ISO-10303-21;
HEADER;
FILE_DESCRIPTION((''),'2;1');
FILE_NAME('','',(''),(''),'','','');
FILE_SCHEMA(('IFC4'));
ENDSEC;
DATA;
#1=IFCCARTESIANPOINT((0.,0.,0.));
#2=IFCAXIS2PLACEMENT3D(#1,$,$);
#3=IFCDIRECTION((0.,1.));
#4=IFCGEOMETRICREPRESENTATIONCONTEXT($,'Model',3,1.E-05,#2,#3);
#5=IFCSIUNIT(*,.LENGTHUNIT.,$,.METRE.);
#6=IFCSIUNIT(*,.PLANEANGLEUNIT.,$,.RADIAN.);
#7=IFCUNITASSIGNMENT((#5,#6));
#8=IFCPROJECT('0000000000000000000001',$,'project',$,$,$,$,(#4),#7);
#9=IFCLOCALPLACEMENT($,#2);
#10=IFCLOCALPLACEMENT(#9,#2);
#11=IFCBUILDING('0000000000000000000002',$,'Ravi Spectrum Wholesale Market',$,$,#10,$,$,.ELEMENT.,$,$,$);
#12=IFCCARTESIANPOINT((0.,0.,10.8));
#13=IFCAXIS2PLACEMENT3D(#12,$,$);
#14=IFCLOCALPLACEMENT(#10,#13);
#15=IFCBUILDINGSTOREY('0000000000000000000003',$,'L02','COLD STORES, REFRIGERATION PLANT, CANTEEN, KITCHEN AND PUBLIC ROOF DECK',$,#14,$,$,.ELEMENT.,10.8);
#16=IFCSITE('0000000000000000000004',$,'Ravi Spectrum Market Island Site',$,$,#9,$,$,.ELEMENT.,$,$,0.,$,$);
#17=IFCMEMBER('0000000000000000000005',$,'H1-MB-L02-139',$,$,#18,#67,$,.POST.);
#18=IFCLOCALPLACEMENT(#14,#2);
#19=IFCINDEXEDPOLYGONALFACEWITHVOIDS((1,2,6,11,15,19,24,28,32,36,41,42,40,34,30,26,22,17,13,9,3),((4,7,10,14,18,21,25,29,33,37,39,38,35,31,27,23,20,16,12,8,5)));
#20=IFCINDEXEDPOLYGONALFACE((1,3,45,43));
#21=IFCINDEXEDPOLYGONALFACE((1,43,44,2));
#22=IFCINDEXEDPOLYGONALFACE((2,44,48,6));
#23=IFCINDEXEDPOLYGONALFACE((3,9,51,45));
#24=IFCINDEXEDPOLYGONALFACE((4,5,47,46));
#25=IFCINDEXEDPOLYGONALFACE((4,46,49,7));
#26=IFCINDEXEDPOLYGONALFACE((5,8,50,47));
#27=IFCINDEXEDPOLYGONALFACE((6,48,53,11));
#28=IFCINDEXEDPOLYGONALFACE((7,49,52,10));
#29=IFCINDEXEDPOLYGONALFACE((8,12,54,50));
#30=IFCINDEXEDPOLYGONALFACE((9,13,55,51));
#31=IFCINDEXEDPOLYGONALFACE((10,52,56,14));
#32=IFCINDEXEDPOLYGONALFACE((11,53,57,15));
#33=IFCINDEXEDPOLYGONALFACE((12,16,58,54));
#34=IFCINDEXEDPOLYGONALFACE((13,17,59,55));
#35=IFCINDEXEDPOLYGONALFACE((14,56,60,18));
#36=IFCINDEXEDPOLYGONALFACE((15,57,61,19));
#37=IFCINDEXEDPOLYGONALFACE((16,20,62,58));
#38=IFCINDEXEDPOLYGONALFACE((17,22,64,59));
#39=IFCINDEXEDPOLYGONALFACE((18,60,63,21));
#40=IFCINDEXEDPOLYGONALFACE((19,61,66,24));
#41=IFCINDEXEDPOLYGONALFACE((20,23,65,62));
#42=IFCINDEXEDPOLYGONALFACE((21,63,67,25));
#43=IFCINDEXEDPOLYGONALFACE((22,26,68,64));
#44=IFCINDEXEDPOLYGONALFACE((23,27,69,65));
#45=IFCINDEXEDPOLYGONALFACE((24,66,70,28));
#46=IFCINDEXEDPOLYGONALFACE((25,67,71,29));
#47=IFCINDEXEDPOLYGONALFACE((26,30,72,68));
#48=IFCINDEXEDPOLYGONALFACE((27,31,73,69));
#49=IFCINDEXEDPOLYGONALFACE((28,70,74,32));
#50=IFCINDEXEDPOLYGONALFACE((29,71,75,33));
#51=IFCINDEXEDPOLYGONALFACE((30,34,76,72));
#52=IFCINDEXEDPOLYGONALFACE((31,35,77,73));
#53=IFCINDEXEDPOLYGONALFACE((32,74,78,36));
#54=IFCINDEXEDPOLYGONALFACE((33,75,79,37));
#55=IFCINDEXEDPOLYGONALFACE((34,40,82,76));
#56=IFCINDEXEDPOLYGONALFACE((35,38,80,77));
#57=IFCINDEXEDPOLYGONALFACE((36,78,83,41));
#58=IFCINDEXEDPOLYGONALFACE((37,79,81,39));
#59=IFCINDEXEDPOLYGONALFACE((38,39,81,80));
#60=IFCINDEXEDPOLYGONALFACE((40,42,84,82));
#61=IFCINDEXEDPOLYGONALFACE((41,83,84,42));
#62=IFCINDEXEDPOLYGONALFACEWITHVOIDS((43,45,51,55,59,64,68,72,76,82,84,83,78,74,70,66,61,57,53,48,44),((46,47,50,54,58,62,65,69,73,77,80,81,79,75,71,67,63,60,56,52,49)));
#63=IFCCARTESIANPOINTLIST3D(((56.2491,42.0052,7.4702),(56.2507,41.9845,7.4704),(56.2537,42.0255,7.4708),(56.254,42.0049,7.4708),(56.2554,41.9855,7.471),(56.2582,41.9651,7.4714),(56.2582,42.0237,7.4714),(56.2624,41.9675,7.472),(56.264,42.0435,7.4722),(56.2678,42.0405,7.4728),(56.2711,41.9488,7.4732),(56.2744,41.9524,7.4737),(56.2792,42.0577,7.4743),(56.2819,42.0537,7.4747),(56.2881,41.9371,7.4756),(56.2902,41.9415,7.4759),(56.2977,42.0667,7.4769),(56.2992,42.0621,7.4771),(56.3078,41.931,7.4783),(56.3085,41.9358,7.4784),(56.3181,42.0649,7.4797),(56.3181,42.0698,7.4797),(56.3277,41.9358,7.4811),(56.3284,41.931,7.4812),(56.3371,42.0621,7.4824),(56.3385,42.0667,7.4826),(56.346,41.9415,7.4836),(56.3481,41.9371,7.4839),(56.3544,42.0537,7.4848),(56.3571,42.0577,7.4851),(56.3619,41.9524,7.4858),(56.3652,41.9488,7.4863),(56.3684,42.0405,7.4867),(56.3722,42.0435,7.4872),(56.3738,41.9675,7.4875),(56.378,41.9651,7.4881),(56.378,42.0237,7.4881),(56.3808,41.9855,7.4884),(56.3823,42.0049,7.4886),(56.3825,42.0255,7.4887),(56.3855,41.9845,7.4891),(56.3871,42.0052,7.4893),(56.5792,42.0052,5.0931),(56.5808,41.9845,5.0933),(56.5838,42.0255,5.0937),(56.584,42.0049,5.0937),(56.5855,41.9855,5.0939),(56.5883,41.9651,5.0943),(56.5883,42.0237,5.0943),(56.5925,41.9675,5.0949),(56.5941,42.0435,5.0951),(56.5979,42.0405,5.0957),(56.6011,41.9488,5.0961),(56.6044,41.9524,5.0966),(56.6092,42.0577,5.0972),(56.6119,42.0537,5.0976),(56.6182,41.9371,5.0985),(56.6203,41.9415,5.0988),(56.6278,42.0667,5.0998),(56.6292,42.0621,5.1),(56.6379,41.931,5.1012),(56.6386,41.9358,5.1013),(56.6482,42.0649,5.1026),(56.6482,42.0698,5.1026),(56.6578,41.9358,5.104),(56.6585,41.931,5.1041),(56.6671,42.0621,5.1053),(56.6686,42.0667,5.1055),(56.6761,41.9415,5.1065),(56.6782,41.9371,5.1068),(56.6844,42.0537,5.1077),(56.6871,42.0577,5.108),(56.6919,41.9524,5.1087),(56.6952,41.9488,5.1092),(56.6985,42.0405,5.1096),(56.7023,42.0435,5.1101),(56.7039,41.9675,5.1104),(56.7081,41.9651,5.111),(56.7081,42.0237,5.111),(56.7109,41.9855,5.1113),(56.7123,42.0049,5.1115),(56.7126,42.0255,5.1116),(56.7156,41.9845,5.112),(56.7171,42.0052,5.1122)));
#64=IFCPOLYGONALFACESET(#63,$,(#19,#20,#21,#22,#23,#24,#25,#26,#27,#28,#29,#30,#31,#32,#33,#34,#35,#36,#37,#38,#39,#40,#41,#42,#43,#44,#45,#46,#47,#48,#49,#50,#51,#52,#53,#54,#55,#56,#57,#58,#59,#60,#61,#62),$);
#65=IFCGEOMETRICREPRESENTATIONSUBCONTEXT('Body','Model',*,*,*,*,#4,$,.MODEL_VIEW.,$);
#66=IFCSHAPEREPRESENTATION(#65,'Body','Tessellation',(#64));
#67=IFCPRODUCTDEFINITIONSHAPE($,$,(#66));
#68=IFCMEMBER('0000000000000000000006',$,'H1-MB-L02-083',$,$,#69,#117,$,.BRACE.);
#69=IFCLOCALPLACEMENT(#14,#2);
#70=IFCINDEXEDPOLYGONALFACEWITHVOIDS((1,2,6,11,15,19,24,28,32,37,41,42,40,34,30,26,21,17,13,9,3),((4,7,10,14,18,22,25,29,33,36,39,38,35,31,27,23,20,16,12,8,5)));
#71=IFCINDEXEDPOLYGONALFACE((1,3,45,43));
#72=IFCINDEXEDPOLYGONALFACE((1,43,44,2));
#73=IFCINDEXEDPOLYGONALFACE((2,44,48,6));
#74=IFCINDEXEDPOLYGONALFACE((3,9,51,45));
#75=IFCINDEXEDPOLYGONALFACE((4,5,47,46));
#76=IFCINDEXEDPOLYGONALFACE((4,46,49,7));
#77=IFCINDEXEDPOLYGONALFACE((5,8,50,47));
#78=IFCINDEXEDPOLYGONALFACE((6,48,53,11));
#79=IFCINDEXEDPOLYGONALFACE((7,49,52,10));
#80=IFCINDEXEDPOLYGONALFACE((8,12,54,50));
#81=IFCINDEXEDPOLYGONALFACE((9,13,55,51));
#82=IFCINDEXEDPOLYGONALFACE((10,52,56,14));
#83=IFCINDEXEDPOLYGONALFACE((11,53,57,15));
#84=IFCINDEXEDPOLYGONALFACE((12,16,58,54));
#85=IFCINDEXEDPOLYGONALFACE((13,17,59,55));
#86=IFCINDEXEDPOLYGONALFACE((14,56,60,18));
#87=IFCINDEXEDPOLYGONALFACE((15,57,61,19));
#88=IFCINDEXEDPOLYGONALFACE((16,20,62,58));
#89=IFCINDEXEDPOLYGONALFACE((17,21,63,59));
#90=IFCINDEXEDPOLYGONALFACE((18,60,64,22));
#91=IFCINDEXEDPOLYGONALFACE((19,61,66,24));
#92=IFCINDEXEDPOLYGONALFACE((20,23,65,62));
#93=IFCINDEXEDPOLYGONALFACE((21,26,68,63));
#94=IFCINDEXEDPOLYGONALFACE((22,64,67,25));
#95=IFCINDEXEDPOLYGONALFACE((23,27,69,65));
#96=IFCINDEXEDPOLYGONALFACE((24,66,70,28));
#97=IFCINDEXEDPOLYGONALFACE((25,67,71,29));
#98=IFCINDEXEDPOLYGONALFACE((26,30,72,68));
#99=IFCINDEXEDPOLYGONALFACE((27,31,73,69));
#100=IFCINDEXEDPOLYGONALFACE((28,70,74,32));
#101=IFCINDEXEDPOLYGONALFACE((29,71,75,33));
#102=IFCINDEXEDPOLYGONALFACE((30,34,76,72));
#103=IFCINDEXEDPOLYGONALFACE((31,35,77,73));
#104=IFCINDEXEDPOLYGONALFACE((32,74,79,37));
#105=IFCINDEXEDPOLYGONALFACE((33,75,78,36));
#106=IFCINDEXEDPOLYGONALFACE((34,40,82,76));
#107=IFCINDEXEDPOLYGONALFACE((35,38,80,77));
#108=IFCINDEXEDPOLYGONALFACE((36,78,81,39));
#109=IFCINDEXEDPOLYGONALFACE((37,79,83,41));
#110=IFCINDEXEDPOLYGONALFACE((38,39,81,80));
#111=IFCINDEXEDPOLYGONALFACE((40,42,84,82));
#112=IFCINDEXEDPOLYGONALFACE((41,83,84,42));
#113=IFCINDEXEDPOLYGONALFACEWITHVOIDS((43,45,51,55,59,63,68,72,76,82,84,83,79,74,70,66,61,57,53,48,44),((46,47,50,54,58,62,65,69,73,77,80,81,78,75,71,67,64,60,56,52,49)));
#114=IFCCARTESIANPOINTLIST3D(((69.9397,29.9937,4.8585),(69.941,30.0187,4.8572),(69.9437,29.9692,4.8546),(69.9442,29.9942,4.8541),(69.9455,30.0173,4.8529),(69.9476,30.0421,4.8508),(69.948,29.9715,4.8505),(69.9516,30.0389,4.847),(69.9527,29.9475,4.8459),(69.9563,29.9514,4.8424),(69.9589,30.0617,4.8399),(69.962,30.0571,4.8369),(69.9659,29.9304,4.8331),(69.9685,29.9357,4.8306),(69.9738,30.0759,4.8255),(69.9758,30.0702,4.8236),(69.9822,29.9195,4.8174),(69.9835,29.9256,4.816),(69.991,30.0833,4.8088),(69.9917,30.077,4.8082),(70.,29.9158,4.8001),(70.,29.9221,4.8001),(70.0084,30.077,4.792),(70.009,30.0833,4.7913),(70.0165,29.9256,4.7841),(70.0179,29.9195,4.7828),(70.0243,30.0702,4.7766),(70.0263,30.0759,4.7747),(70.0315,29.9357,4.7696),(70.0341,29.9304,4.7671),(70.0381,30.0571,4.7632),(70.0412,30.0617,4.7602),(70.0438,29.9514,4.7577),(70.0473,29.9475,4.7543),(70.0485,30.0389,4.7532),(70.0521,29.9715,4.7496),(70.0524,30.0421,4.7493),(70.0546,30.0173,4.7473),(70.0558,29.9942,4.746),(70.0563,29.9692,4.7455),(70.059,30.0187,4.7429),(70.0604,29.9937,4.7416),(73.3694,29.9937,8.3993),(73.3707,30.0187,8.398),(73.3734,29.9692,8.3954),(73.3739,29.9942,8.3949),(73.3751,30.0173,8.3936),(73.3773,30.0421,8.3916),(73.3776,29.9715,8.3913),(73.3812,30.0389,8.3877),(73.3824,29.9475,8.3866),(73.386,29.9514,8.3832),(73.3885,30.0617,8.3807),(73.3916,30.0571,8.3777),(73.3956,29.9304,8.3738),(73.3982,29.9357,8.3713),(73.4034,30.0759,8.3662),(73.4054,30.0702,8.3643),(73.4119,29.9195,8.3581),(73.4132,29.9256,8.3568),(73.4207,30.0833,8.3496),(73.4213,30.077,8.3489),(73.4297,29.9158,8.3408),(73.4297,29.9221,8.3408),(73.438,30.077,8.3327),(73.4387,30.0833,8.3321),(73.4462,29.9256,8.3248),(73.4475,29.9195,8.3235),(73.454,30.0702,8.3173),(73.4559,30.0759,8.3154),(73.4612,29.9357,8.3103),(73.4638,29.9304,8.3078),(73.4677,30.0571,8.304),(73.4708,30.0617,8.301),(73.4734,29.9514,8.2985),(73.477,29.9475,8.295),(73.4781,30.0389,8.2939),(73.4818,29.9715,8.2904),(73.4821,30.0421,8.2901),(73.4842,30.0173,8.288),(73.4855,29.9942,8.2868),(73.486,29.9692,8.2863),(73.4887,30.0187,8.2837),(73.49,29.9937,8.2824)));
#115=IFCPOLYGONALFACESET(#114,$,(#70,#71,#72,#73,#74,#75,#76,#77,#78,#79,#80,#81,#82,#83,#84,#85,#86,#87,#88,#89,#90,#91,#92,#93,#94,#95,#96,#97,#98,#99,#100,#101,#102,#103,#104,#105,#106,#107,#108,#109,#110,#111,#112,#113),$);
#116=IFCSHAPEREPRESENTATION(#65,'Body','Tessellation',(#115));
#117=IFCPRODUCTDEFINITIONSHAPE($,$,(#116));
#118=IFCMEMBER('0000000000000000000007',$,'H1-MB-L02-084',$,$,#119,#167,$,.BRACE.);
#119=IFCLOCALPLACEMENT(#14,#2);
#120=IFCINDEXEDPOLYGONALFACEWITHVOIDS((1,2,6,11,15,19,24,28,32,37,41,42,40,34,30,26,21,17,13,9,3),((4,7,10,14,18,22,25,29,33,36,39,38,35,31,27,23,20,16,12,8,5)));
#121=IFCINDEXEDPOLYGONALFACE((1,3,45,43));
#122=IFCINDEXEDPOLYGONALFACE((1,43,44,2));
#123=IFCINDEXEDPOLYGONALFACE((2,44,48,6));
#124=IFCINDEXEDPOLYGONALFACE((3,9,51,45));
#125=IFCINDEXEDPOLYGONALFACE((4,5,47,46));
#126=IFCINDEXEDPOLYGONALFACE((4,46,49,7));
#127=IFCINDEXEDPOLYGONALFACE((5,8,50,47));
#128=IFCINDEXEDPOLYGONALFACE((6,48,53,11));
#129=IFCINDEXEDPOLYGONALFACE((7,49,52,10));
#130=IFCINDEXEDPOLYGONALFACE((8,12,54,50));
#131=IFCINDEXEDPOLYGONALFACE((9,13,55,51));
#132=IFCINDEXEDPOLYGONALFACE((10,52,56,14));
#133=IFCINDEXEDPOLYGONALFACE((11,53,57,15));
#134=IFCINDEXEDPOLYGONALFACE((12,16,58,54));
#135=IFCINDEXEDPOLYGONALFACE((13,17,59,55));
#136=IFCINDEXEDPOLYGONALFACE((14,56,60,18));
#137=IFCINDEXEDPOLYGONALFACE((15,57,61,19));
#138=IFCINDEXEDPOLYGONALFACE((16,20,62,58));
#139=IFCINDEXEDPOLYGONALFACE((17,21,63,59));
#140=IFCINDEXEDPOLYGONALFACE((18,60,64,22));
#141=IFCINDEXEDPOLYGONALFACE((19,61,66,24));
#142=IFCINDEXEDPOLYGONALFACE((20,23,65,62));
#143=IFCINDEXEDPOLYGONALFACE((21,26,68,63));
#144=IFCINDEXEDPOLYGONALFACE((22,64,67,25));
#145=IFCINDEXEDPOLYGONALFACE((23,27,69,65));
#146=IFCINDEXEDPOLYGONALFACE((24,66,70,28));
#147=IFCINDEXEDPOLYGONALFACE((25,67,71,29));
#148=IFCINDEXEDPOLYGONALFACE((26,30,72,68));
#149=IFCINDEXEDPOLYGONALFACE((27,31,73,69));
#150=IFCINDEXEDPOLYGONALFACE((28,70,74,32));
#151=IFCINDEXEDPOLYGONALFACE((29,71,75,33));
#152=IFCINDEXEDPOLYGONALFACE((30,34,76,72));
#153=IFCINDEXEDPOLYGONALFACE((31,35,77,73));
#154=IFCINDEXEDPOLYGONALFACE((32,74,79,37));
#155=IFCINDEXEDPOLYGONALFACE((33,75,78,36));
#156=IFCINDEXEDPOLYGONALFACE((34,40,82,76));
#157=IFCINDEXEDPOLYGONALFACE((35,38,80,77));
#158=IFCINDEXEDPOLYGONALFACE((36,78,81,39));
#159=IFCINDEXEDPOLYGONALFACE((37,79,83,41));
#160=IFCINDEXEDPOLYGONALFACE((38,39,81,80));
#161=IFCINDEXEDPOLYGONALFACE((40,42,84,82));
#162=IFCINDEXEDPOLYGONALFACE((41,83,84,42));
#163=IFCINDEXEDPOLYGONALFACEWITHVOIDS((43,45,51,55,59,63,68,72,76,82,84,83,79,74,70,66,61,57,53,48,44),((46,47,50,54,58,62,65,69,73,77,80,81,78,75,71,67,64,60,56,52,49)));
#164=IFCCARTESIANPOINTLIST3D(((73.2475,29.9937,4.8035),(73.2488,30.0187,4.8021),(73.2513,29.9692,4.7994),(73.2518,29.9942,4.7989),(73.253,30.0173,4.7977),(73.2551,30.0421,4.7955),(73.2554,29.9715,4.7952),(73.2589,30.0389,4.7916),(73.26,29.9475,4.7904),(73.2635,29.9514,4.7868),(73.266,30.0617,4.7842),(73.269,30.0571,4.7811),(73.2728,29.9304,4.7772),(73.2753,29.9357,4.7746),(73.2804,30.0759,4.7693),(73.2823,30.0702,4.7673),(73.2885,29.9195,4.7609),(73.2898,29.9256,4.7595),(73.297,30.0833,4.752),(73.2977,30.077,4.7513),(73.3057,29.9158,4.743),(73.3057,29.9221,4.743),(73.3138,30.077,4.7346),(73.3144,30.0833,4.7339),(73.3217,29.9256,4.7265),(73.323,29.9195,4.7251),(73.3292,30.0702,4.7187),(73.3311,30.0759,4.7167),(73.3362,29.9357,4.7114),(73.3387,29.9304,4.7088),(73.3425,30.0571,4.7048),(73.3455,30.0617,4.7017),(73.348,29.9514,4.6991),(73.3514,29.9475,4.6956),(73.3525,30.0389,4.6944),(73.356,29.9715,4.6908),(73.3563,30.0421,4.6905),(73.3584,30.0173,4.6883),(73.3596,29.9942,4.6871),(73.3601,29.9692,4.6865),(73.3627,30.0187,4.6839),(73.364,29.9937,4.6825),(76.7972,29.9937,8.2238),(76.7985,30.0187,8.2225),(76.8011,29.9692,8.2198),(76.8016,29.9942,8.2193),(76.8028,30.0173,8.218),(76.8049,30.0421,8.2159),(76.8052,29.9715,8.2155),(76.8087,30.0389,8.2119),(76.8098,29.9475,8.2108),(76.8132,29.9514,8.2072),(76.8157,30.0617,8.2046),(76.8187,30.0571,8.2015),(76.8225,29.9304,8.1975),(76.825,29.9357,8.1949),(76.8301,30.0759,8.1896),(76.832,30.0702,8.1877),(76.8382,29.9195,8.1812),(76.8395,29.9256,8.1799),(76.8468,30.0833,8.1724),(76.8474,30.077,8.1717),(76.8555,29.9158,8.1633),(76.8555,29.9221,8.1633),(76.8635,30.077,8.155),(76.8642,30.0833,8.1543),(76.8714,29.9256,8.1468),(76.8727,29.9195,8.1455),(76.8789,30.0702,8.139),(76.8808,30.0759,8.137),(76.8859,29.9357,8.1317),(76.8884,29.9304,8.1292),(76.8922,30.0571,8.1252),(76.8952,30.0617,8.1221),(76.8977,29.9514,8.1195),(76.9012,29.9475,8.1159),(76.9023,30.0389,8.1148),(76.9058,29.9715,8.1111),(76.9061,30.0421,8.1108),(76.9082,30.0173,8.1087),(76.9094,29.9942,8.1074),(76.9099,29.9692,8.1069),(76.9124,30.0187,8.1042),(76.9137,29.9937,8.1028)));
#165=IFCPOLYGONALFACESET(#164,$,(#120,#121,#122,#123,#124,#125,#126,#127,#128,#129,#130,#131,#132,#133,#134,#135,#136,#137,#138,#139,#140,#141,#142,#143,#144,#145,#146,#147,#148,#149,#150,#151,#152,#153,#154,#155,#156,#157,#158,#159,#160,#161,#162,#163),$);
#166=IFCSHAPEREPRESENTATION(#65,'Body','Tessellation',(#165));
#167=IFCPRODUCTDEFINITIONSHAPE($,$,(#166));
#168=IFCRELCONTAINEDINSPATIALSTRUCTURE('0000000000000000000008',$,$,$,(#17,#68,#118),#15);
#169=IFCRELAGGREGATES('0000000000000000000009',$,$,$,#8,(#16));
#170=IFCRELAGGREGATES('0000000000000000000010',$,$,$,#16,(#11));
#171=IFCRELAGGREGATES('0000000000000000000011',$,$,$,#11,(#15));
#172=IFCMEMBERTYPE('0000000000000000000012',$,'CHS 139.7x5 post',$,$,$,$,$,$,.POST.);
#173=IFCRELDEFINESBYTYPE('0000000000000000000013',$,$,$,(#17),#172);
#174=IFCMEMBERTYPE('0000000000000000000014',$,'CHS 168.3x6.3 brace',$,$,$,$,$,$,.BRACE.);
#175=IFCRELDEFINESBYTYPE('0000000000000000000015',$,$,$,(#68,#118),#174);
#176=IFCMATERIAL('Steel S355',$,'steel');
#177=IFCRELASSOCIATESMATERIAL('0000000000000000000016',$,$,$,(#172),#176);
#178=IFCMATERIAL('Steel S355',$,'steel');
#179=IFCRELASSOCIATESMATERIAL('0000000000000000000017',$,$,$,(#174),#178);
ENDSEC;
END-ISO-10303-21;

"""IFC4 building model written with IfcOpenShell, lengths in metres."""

from ifc_helpers import new_model, si_unit, direction, frame, origin, origin_2d, place, context, subcontext, project, spatial, hollow_circle, extrude, material, material_profile, profile_set, type_object, element, save


model = new_model("IFC4")

# Units and contexts
model_context = context("Model", 3, precision=1e-05, world=origin(), true_north=direction((0.0, 1.0)))
body_context = subcontext(model_context, "Body", "Model", "MODEL_VIEW")
ifc_project = project(units=[si_unit("LENGTHUNIT", "METRE"), si_unit("PLANEANGLEUNIT", "RADIAN")], contexts=[model_context])

# Site, building, storey
site_placement = place(None, origin())
site = spatial("IfcSite", under=ifc_project, at=site_placement, Name="Ravi Spectrum Market Island Site", CompositionType="ELEMENT", RefElevation=0.0)
building_placement = place(site_placement, origin())
building = spatial("IfcBuilding", under=site, at=building_placement, Name="Ravi Spectrum Wholesale Market", CompositionType="ELEMENT")
storey_placement = place(building_placement, frame((0.0, 0.0, 10.8)))
storey = spatial("IfcBuildingStorey", under=building, at=storey_placement, Name="L02", Description="COLD STORES, REFRIGERATION PLANT, CANTEEN, KITCHEN AND PUBLIC ROOF DECK", CompositionType="ELEMENT", Elevation=10.8)

# Members
ifc_material_1 = material(Name="Steel S355", Category="steel")
ifc_material_profile_1 = material_profile(ifc_material_1, hollow_circle(Radius=0.0698, WallThickness=0.0049, at=origin_2d()))
ifc_profile_set_1 = profile_set([ifc_material_profile_1], Name="Steel S355")
member_type_1 = type_object("IfcMemberType", Name="CHS 139.7x5 post", PredefinedType="POST", material=ifc_profile_set_1)
member_1_placement = place(storey_placement, frame((56.3181, 42.0, 7.4797), z_axis=(0.137532, 0.0, -0.990497), x_axis=(0.0, 1.0, 0.0)))
element("IfcMember", 1, at=member_1_placement, inside=storey, type_object=member_type_1, Name="H1-MB-L02-139", PredefinedType="POST", context=body_context, shape_type="SweptSolid", body=[
    extrude(hollow_circle(Radius=0.0698, WallThickness=0.0049, at=origin_2d()), origin(), (0.0, 0.0, 1.0), 2.3999),
])
ifc_material_2 = material(Name="Steel S355", Category="steel")
ifc_material_profile_2 = material_profile(ifc_material_2, hollow_circle(Radius=0.0842, WallThickness=0.0063, at=origin_2d()))
ifc_profile_set_2 = profile_set([ifc_material_profile_2], Name="Steel S355")
member_type_2 = type_object("IfcMemberType", Name="CHS 168.3x6.3 brace", PredefinedType="BRACE", material=ifc_profile_set_2)
for number, where, z_axis, x_axis, name in (
    (2, (73.4297, 30.0, 8.3408), (-0.69575, 0.0, -0.718284), (0.0, -1.0, 0.0), "H1-MB-L02-083"),
    (3, (76.8555, 30.0, 8.1633), (-0.720109, 0.0, -0.693861), (0.0, -1.0, 0.0), "H1-MB-L02-084"),
):
    element("IfcMember", number, at=place(storey_placement, frame(where, z_axis=z_axis, x_axis=x_axis)), inside=storey, type_object=member_type_2, Name=name, PredefinedType="BRACE", context=body_context, shape_type="SweptSolid", body=[
        extrude(hollow_circle(Radius=0.0842, WallThickness=0.0063, at=origin_2d()), origin(), (0.0, 0.0, 1.0), 4.9294),
    ])

save(model, "model.ifc")
